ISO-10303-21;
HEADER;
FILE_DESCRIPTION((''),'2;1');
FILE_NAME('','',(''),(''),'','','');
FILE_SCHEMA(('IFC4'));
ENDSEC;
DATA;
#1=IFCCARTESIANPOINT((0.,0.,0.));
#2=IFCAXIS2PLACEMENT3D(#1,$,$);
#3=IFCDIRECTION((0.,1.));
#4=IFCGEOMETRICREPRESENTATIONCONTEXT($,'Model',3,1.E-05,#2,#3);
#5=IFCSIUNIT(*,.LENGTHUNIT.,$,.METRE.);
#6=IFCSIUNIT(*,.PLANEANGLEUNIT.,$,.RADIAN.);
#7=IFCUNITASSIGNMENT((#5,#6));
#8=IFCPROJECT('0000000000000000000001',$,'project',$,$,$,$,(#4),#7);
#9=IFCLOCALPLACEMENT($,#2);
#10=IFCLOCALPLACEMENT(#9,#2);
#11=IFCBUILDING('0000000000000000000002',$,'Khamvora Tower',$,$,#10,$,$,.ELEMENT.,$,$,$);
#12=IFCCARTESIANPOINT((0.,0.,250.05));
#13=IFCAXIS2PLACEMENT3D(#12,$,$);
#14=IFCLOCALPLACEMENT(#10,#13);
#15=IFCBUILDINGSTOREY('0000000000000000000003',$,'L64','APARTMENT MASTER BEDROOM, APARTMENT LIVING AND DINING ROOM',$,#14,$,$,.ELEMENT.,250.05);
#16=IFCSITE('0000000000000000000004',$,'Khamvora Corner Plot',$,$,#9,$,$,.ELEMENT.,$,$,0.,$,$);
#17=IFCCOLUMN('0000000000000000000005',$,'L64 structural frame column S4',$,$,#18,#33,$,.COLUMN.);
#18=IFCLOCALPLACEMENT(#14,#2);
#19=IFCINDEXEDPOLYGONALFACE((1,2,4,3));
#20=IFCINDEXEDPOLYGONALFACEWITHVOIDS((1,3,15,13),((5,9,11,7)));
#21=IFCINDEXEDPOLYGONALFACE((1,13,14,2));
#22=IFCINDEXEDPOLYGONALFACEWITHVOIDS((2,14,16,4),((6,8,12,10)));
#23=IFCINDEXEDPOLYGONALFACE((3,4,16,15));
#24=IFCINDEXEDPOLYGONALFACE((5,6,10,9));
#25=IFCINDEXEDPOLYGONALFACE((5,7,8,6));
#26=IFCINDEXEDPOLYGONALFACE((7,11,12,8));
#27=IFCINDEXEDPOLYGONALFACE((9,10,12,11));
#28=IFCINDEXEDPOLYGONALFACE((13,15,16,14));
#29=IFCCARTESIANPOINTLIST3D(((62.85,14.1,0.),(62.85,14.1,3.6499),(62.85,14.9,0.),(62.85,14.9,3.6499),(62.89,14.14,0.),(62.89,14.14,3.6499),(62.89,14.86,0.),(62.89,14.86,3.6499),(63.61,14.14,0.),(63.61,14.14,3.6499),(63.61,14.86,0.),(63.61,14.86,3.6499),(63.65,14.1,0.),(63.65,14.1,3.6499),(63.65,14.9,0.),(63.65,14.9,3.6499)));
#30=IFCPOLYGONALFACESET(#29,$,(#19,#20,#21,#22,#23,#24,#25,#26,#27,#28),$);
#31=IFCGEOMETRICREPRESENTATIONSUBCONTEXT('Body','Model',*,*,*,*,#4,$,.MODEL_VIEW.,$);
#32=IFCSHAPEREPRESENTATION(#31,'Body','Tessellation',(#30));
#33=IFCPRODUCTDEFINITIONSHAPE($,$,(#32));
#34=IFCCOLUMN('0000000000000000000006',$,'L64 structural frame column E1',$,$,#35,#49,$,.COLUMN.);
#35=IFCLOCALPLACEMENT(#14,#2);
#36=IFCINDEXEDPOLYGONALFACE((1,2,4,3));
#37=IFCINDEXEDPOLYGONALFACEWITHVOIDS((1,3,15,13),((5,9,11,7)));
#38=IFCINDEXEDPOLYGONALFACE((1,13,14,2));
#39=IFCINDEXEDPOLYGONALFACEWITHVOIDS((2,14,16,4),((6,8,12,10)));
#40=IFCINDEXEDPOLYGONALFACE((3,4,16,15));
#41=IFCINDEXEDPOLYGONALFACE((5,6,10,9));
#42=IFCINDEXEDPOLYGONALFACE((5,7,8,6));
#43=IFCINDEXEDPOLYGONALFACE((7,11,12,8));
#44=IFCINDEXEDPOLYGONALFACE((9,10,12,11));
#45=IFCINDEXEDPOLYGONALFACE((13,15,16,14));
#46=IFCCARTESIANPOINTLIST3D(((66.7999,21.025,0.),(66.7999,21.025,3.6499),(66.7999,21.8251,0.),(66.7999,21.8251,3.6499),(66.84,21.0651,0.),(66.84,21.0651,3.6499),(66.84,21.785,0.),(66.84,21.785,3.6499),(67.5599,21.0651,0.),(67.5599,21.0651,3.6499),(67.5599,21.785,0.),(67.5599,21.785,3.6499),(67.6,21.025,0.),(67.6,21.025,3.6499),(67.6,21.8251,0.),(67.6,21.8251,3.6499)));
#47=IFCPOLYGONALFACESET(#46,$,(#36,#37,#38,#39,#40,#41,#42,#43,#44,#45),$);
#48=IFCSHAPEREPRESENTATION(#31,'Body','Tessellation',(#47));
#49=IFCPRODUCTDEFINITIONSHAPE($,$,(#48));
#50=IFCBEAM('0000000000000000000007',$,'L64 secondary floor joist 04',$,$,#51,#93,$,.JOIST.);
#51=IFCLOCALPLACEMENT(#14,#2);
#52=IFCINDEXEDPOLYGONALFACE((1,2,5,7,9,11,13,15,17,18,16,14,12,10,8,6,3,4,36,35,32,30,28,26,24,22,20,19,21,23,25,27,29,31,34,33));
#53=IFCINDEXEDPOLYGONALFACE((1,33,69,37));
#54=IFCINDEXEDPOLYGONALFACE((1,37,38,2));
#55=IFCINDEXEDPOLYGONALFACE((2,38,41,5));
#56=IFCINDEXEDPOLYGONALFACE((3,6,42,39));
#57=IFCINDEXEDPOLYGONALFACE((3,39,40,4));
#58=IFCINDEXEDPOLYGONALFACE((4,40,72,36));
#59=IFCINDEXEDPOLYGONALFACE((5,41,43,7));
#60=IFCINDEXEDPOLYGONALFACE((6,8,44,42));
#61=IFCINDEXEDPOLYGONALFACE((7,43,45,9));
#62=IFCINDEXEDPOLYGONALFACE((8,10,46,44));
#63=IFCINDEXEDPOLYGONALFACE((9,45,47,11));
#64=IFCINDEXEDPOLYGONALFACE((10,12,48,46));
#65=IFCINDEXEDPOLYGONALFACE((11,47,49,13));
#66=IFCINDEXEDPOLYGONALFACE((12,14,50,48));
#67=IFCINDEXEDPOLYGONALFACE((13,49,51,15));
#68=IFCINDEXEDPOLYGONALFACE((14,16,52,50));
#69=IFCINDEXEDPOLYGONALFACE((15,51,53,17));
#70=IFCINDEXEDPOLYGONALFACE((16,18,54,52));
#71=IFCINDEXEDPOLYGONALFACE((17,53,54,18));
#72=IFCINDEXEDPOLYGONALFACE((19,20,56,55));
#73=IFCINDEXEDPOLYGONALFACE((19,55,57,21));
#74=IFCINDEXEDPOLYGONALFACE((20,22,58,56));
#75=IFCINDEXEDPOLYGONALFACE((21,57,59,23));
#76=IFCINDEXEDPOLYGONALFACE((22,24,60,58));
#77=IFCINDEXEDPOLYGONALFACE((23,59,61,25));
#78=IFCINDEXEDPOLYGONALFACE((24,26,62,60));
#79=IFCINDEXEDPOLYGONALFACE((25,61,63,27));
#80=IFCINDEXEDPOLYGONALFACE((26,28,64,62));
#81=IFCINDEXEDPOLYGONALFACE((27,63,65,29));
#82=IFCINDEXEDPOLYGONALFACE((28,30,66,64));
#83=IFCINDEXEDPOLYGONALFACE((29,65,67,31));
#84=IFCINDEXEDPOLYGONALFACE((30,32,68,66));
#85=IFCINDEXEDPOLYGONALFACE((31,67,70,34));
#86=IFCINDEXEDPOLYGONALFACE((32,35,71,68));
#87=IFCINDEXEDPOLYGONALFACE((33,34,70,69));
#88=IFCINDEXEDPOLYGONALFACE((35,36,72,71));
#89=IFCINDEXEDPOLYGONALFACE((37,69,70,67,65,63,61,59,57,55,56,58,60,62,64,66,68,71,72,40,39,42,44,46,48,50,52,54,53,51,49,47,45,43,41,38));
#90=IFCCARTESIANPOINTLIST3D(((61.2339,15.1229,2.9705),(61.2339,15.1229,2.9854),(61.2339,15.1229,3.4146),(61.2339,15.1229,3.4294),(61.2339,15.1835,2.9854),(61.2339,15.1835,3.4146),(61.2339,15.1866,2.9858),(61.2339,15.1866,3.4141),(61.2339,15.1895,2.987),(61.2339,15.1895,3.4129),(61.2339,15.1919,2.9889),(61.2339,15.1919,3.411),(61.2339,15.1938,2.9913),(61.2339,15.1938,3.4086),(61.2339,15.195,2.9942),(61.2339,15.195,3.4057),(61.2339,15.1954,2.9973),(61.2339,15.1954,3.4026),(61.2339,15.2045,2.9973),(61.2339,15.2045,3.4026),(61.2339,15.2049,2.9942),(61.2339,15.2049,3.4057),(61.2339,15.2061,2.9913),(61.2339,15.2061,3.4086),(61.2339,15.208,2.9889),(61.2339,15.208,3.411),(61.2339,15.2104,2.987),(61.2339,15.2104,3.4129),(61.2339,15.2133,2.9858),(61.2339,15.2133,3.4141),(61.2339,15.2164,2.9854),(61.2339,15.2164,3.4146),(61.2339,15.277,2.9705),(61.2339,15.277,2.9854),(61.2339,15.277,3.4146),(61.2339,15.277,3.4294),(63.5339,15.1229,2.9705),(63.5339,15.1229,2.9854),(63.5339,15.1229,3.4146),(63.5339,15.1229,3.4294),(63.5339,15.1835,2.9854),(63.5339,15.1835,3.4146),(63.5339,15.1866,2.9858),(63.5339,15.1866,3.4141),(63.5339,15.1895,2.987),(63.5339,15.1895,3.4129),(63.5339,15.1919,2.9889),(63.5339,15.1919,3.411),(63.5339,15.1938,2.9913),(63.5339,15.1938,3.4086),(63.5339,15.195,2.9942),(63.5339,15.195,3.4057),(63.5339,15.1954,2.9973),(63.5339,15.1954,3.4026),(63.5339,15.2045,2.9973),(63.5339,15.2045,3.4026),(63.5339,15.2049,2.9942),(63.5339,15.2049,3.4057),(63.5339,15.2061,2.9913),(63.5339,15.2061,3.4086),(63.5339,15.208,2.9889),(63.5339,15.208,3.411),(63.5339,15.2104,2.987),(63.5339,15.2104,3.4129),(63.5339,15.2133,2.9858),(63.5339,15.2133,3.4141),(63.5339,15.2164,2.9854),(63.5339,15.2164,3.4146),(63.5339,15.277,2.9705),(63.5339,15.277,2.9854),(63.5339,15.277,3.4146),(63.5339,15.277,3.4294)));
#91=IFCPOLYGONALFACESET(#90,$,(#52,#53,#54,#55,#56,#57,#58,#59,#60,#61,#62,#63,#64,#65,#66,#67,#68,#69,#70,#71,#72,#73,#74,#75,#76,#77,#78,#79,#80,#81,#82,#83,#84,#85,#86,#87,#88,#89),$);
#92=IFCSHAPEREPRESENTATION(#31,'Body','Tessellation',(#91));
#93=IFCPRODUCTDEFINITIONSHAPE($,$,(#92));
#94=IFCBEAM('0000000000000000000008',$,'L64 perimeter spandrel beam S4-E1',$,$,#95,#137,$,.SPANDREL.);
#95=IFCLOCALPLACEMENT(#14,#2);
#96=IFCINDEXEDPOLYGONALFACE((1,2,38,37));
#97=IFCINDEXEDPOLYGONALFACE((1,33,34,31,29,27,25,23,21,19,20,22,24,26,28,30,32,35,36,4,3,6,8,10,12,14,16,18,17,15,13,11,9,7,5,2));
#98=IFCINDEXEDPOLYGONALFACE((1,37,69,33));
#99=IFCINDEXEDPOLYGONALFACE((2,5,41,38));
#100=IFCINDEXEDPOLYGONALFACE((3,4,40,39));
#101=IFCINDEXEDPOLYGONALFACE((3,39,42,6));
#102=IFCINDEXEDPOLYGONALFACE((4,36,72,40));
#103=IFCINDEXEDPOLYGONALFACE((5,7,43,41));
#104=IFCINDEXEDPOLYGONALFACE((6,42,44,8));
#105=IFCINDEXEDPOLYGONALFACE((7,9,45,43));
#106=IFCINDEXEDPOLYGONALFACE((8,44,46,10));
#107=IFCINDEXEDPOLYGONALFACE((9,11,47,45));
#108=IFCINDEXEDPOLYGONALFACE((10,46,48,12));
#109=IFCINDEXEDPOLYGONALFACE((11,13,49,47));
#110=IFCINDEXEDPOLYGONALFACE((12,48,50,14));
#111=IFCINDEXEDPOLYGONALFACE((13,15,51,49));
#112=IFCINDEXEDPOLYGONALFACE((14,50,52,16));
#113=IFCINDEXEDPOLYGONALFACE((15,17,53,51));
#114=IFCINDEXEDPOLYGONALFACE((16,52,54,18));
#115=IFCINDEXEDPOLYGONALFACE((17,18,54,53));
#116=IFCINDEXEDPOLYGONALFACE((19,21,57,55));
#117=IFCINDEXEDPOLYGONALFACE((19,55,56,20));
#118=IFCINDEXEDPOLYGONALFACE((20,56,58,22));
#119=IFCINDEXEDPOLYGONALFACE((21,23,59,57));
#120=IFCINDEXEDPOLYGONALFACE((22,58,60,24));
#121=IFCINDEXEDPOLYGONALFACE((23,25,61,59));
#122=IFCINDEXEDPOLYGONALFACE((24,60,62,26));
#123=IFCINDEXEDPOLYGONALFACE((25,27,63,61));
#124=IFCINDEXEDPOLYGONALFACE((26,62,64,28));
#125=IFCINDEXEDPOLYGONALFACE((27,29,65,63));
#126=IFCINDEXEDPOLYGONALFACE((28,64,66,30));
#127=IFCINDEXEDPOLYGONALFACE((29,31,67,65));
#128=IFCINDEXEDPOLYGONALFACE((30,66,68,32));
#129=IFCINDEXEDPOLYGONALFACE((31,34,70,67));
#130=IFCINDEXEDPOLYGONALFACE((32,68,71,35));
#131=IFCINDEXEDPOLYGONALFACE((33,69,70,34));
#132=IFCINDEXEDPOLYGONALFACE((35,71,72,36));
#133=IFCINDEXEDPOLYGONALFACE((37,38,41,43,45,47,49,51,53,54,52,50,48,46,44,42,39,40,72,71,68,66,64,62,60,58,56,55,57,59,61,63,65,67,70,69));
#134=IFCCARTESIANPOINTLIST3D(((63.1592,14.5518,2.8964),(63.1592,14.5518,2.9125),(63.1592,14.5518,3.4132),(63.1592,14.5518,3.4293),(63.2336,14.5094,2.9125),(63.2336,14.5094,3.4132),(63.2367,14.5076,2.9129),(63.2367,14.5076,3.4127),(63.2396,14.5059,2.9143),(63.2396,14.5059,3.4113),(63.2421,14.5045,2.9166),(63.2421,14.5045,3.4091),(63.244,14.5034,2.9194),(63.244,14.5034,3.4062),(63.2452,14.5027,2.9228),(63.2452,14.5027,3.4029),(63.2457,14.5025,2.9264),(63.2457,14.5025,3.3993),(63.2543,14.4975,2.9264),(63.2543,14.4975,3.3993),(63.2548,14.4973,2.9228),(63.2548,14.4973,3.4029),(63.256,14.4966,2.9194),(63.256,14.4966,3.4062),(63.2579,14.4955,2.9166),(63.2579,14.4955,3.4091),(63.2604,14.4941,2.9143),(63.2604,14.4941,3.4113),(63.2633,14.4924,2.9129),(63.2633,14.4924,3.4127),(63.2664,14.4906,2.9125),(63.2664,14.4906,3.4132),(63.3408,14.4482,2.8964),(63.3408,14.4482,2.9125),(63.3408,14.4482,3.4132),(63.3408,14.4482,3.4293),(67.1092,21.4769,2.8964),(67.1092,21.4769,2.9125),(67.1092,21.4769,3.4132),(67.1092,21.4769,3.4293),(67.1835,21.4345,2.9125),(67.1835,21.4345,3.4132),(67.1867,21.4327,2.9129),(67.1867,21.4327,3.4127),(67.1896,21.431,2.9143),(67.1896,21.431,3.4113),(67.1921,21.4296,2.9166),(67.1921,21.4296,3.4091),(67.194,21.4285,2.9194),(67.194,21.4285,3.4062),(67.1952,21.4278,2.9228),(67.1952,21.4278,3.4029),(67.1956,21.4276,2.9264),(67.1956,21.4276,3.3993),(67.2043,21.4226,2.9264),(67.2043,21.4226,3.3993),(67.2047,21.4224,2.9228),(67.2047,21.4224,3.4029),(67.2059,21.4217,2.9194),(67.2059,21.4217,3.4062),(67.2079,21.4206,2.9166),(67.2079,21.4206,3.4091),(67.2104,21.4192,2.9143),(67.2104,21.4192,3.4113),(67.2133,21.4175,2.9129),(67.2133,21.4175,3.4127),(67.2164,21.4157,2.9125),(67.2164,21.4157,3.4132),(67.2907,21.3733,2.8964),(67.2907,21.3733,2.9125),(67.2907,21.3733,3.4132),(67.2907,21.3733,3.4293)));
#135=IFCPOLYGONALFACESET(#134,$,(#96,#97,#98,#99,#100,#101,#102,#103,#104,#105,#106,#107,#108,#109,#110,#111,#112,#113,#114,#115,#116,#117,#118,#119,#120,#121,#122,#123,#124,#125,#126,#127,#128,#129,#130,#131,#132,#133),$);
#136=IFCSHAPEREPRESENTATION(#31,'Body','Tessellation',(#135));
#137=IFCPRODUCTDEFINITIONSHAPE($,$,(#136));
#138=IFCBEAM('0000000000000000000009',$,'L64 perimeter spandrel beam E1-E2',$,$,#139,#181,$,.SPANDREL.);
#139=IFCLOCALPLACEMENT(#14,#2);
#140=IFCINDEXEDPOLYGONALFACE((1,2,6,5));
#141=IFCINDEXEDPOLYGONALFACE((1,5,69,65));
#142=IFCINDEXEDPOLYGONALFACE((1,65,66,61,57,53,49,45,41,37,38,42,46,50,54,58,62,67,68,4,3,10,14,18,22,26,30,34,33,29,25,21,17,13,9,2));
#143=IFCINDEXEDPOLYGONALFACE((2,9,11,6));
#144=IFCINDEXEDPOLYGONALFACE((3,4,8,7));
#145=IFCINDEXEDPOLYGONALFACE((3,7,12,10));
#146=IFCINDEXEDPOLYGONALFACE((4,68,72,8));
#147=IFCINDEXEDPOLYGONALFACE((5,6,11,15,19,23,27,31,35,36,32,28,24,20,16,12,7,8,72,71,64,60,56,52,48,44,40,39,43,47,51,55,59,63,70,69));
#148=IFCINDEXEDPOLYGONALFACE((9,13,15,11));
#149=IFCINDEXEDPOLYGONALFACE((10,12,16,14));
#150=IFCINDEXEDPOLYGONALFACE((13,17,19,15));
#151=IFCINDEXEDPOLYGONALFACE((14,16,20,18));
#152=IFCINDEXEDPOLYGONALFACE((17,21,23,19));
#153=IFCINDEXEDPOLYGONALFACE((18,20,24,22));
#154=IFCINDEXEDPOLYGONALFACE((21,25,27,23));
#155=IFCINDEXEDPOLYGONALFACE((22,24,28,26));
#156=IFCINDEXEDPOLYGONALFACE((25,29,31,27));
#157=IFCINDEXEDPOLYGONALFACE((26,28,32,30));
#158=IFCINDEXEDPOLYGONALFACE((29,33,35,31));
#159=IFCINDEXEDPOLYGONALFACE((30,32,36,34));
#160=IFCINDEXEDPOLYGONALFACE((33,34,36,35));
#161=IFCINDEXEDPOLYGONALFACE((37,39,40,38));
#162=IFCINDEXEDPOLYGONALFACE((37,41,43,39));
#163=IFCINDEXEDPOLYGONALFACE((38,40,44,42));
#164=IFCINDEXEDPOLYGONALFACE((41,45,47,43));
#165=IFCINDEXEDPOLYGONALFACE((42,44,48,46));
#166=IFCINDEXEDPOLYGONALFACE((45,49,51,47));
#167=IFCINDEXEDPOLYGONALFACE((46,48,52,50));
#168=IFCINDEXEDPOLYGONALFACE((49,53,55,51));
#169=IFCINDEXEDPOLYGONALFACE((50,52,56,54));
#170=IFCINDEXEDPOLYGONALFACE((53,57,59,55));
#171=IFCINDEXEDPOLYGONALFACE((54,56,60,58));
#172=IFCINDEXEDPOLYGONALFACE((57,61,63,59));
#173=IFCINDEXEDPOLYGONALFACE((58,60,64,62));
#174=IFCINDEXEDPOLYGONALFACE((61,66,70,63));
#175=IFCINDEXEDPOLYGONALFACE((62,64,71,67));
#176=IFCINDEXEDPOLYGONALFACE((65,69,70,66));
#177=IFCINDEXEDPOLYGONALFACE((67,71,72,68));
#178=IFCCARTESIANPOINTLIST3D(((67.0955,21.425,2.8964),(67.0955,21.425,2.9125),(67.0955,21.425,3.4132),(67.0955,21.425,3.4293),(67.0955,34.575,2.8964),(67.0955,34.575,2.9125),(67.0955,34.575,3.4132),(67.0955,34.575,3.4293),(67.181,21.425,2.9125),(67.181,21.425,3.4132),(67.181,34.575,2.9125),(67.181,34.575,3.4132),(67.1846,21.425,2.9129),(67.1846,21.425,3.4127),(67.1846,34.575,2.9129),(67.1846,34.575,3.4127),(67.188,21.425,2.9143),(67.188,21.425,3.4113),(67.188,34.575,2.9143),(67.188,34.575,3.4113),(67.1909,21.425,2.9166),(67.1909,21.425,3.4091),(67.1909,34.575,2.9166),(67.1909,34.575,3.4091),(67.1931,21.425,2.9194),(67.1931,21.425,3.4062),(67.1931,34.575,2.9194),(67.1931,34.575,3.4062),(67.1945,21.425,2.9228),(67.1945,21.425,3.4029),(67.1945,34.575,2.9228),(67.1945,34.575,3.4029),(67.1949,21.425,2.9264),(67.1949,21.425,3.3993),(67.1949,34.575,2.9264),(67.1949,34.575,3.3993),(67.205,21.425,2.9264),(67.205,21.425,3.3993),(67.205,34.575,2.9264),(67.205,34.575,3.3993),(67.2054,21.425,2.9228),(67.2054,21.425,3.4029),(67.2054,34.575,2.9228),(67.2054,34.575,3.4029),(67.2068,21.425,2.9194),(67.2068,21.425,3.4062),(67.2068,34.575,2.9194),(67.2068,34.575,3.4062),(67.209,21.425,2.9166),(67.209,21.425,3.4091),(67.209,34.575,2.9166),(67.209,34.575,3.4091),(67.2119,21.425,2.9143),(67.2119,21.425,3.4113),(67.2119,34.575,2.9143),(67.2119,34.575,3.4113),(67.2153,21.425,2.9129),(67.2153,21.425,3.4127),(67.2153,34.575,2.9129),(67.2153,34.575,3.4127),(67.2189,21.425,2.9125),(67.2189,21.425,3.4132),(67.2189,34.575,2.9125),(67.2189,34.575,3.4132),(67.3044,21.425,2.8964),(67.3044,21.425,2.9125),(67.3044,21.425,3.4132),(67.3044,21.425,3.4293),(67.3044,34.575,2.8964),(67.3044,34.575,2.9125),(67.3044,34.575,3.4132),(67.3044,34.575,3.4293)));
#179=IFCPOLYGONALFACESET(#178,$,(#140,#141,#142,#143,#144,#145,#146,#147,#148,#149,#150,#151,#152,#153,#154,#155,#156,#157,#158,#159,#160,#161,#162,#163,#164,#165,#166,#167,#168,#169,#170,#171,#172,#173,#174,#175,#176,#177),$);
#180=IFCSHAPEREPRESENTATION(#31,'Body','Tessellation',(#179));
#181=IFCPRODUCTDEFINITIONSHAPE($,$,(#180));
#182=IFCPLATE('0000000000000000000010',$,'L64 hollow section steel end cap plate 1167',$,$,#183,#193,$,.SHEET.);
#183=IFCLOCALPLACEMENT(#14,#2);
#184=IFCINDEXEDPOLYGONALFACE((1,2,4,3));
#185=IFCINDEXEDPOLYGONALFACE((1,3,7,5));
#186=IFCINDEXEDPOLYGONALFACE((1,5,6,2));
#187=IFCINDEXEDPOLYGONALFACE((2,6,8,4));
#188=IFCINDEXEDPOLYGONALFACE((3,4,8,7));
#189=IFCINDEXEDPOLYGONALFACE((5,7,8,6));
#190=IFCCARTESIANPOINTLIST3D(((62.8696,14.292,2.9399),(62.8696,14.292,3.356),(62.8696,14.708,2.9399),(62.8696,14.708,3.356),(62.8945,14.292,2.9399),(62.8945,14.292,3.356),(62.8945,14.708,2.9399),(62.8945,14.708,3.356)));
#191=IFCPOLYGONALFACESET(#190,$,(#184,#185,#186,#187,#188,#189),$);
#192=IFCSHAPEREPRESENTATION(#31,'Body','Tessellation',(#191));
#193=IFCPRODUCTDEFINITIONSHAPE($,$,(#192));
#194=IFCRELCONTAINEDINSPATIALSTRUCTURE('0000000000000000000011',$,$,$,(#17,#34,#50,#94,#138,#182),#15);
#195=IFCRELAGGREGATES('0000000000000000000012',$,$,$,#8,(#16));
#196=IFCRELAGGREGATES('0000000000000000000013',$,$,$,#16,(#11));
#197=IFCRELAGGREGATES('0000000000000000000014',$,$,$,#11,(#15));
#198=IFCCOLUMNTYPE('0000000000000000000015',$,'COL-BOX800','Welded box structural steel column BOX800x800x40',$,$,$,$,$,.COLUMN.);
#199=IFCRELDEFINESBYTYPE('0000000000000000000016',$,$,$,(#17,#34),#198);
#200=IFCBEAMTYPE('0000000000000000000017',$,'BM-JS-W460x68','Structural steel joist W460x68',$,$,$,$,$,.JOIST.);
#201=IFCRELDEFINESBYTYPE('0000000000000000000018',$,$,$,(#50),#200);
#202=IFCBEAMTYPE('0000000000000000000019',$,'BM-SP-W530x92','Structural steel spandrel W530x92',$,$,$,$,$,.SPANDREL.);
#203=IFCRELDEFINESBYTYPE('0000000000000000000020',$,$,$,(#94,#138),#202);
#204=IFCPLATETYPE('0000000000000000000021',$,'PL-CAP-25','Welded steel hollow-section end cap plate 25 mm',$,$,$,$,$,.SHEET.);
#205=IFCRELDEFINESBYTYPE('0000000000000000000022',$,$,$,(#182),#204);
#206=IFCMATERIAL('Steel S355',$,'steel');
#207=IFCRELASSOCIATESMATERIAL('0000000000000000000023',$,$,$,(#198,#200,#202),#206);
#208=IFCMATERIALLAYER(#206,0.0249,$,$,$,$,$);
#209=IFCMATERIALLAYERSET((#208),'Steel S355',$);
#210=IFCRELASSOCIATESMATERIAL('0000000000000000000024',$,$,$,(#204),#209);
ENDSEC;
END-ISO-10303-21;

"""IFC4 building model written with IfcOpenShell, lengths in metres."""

from ifc_helpers import new_model, si_unit, direction, frame, origin, origin_2d, place, context, subcontext, project, spatial, rectangle, hollow_rectangle, i_section, extrude, material, layer, layer_set, material_profile, profile_set, type_object, element, save


model = new_model("IFC4")

# Units and contexts
model_context = context("Model", 3, precision=1e-05, world=origin(), true_north=direction((0.0, 1.0)))
body_context = subcontext(model_context, "Body", "Model", "MODEL_VIEW")
ifc_project = project(units=[si_unit("LENGTHUNIT", "METRE"), si_unit("PLANEANGLEUNIT", "RADIAN")], contexts=[model_context])

# Site, building, storey
site_placement = place(None, origin())
site = spatial("IfcSite", under=ifc_project, at=site_placement, Name="Khamvora Corner Plot", CompositionType="ELEMENT", RefElevation=0.0)
building_placement = place(site_placement, origin())
building = spatial("IfcBuilding", under=site, at=building_placement, Name="Khamvora Tower", CompositionType="ELEMENT")
storey_placement = place(building_placement, frame((0.0, 0.0, 250.05)))
storey = spatial("IfcBuildingStorey", under=building, at=storey_placement, Name="L64", Description="APARTMENT MASTER BEDROOM, APARTMENT LIVING AND DINING ROOM", CompositionType="ELEMENT", Elevation=250.05)

# Columns
ifc_material_1 = material(Name="Steel S355", Category="steel")
ifc_material_profile_1 = material_profile(ifc_material_1, hollow_rectangle(XDim=0.8, YDim=0.8, WallThickness=0.04, at=origin_2d()), Name="BOX800x800x40")
ifc_profile_set_1 = profile_set([ifc_material_profile_1], Name="Steel S355")
column_type = type_object("IfcColumnType", Name="COL-BOX800", Description="Welded box structural steel column BOX800x800x40", PredefinedType="COLUMN", material=ifc_profile_set_1)
for number, where, z_axis, x_axis, name in (
    (1, (63.25, 14.5, 0.0), (0.0, 0.0, 1.0), (1.0, 0.0, 0.0), "L64 structural frame column S4"),
    (2, (67.2, 21.425, 0.0), (0.0, 0.0, 1.0), (1.0, 0.0, 0.0), "L64 structural frame column E1"),
):
    element("IfcColumn", number, at=place(storey_placement, frame(where, z_axis=z_axis, x_axis=x_axis)), inside=storey, type_object=column_type, Name=name, PredefinedType="COLUMN", context=body_context, shape_type="SweptSolid", body=[
        extrude(hollow_rectangle(XDim=0.8, YDim=0.8, WallThickness=0.04, at=origin_2d()), origin(), (0.0, 0.0, 1.0), 3.6499),
    ])

# Beams
ifc_material_profile_2 = material_profile(ifc_material_1, i_section(OverallWidth=0.1541, OverallDepth=0.459, WebThickness=0.009, FlangeThickness=0.0149, FilletRadius=0.012, at=origin_2d()), Name="W460x68")
ifc_profile_set_2 = profile_set([ifc_material_profile_2], Name="Steel S355")
beam_type_1 = type_object("IfcBeamType", Name="BM-JS-W460x68", Description="Structural steel joist W460x68", PredefinedType="JOIST", material=ifc_profile_set_2)
beam_1_placement = place(storey_placement, frame((61.2339, 15.2, 3.2), z_axis=(1.0, 0.0, 0.0), x_axis=(0.0, 1.0, 0.0)))
element("IfcBeam", 3, at=beam_1_placement, inside=storey, type_object=beam_type_1, Name="L64 secondary floor joist 04", PredefinedType="JOIST", context=body_context, shape_type="SweptSolid", body=[
    extrude(i_section(OverallWidth=0.1541, OverallDepth=0.459, WebThickness=0.009, FlangeThickness=0.0149, FilletRadius=0.012, at=origin_2d()), origin(), (0.0, 0.0, 1.0), 2.3),
])
ifc_material_profile_3 = material_profile(ifc_material_1, i_section(OverallWidth=0.209, OverallDepth=0.533, WebThickness=0.01, FlangeThickness=0.0161, FilletRadius=0.0139, at=origin_2d()), Name="W530x92")
ifc_profile_set_3 = profile_set([ifc_material_profile_3], Name="Steel S355")
beam_type_2 = type_object("IfcBeamType", Name="BM-SP-W530x92", Description="Structural steel spandrel W530x92", PredefinedType="SPANDREL", material=ifc_profile_set_3)
beam_2_placement = place(storey_placement, frame((63.25, 14.5, 3.1628), z_axis=(0.495456, 0.868633, 0.0), x_axis=(-0.868633, 0.495456, 0.0)))
element("IfcBeam", 4, at=beam_2_placement, inside=storey, type_object=beam_type_2, Name="L64 perimeter spandrel beam S4-E1", PredefinedType="SPANDREL", context=body_context, shape_type="SweptSolid", body=[
    extrude(i_section(OverallWidth=0.209, OverallDepth=0.533, WebThickness=0.01, FlangeThickness=0.0161, FilletRadius=0.0139, at=origin_2d()), origin(), (0.0, 0.0, 1.0), 7.9724),
])
beam_3_placement = place(storey_placement, frame((67.2, 21.425, 3.1628), z_axis=(0.0, 1.0, 0.0), x_axis=(-1.0, 0.0, 0.0)))
element("IfcBeam", 5, at=beam_3_placement, inside=storey, type_object=beam_type_2, Name="L64 perimeter spandrel beam E1-E2", PredefinedType="SPANDREL", context=body_context, shape_type="SweptSolid", body=[
    extrude(i_section(OverallWidth=0.209, OverallDepth=0.533, WebThickness=0.01, FlangeThickness=0.0161, FilletRadius=0.0139, at=origin_2d()), origin(), (0.0, 0.0, 1.0), 13.1499),
])

# Plate
ifc_layer_1 = layer(ifc_material_1, 0.0249)
ifc_layer_set_1 = layer_set([ifc_layer_1], Name="Steel S355")
plate_type_1 = type_object("IfcPlateType", Name="PL-CAP-25", Description="Welded steel hollow-section end cap plate 25 mm", PredefinedType="SHEET", material=ifc_layer_set_1)
plate_1_placement = place(storey_placement, frame((62.8821, 14.5, 2.9399), z_axis=(0.0, 0.0, 1.0), x_axis=(1.0, 0.0, 0.0)))
element("IfcPlate", 6, at=plate_1_placement, inside=storey, type_object=plate_type_1, Name="L64 hollow section steel end cap plate 1167", PredefinedType="SHEET", context=body_context, shape_type="SweptSolid", body=[
    extrude(rectangle(XDim=0.0249, YDim=0.416, at=origin_2d()), origin(), (0.0, 0.0, 1.0), 0.416),
])

save(model, "model.ifc")
